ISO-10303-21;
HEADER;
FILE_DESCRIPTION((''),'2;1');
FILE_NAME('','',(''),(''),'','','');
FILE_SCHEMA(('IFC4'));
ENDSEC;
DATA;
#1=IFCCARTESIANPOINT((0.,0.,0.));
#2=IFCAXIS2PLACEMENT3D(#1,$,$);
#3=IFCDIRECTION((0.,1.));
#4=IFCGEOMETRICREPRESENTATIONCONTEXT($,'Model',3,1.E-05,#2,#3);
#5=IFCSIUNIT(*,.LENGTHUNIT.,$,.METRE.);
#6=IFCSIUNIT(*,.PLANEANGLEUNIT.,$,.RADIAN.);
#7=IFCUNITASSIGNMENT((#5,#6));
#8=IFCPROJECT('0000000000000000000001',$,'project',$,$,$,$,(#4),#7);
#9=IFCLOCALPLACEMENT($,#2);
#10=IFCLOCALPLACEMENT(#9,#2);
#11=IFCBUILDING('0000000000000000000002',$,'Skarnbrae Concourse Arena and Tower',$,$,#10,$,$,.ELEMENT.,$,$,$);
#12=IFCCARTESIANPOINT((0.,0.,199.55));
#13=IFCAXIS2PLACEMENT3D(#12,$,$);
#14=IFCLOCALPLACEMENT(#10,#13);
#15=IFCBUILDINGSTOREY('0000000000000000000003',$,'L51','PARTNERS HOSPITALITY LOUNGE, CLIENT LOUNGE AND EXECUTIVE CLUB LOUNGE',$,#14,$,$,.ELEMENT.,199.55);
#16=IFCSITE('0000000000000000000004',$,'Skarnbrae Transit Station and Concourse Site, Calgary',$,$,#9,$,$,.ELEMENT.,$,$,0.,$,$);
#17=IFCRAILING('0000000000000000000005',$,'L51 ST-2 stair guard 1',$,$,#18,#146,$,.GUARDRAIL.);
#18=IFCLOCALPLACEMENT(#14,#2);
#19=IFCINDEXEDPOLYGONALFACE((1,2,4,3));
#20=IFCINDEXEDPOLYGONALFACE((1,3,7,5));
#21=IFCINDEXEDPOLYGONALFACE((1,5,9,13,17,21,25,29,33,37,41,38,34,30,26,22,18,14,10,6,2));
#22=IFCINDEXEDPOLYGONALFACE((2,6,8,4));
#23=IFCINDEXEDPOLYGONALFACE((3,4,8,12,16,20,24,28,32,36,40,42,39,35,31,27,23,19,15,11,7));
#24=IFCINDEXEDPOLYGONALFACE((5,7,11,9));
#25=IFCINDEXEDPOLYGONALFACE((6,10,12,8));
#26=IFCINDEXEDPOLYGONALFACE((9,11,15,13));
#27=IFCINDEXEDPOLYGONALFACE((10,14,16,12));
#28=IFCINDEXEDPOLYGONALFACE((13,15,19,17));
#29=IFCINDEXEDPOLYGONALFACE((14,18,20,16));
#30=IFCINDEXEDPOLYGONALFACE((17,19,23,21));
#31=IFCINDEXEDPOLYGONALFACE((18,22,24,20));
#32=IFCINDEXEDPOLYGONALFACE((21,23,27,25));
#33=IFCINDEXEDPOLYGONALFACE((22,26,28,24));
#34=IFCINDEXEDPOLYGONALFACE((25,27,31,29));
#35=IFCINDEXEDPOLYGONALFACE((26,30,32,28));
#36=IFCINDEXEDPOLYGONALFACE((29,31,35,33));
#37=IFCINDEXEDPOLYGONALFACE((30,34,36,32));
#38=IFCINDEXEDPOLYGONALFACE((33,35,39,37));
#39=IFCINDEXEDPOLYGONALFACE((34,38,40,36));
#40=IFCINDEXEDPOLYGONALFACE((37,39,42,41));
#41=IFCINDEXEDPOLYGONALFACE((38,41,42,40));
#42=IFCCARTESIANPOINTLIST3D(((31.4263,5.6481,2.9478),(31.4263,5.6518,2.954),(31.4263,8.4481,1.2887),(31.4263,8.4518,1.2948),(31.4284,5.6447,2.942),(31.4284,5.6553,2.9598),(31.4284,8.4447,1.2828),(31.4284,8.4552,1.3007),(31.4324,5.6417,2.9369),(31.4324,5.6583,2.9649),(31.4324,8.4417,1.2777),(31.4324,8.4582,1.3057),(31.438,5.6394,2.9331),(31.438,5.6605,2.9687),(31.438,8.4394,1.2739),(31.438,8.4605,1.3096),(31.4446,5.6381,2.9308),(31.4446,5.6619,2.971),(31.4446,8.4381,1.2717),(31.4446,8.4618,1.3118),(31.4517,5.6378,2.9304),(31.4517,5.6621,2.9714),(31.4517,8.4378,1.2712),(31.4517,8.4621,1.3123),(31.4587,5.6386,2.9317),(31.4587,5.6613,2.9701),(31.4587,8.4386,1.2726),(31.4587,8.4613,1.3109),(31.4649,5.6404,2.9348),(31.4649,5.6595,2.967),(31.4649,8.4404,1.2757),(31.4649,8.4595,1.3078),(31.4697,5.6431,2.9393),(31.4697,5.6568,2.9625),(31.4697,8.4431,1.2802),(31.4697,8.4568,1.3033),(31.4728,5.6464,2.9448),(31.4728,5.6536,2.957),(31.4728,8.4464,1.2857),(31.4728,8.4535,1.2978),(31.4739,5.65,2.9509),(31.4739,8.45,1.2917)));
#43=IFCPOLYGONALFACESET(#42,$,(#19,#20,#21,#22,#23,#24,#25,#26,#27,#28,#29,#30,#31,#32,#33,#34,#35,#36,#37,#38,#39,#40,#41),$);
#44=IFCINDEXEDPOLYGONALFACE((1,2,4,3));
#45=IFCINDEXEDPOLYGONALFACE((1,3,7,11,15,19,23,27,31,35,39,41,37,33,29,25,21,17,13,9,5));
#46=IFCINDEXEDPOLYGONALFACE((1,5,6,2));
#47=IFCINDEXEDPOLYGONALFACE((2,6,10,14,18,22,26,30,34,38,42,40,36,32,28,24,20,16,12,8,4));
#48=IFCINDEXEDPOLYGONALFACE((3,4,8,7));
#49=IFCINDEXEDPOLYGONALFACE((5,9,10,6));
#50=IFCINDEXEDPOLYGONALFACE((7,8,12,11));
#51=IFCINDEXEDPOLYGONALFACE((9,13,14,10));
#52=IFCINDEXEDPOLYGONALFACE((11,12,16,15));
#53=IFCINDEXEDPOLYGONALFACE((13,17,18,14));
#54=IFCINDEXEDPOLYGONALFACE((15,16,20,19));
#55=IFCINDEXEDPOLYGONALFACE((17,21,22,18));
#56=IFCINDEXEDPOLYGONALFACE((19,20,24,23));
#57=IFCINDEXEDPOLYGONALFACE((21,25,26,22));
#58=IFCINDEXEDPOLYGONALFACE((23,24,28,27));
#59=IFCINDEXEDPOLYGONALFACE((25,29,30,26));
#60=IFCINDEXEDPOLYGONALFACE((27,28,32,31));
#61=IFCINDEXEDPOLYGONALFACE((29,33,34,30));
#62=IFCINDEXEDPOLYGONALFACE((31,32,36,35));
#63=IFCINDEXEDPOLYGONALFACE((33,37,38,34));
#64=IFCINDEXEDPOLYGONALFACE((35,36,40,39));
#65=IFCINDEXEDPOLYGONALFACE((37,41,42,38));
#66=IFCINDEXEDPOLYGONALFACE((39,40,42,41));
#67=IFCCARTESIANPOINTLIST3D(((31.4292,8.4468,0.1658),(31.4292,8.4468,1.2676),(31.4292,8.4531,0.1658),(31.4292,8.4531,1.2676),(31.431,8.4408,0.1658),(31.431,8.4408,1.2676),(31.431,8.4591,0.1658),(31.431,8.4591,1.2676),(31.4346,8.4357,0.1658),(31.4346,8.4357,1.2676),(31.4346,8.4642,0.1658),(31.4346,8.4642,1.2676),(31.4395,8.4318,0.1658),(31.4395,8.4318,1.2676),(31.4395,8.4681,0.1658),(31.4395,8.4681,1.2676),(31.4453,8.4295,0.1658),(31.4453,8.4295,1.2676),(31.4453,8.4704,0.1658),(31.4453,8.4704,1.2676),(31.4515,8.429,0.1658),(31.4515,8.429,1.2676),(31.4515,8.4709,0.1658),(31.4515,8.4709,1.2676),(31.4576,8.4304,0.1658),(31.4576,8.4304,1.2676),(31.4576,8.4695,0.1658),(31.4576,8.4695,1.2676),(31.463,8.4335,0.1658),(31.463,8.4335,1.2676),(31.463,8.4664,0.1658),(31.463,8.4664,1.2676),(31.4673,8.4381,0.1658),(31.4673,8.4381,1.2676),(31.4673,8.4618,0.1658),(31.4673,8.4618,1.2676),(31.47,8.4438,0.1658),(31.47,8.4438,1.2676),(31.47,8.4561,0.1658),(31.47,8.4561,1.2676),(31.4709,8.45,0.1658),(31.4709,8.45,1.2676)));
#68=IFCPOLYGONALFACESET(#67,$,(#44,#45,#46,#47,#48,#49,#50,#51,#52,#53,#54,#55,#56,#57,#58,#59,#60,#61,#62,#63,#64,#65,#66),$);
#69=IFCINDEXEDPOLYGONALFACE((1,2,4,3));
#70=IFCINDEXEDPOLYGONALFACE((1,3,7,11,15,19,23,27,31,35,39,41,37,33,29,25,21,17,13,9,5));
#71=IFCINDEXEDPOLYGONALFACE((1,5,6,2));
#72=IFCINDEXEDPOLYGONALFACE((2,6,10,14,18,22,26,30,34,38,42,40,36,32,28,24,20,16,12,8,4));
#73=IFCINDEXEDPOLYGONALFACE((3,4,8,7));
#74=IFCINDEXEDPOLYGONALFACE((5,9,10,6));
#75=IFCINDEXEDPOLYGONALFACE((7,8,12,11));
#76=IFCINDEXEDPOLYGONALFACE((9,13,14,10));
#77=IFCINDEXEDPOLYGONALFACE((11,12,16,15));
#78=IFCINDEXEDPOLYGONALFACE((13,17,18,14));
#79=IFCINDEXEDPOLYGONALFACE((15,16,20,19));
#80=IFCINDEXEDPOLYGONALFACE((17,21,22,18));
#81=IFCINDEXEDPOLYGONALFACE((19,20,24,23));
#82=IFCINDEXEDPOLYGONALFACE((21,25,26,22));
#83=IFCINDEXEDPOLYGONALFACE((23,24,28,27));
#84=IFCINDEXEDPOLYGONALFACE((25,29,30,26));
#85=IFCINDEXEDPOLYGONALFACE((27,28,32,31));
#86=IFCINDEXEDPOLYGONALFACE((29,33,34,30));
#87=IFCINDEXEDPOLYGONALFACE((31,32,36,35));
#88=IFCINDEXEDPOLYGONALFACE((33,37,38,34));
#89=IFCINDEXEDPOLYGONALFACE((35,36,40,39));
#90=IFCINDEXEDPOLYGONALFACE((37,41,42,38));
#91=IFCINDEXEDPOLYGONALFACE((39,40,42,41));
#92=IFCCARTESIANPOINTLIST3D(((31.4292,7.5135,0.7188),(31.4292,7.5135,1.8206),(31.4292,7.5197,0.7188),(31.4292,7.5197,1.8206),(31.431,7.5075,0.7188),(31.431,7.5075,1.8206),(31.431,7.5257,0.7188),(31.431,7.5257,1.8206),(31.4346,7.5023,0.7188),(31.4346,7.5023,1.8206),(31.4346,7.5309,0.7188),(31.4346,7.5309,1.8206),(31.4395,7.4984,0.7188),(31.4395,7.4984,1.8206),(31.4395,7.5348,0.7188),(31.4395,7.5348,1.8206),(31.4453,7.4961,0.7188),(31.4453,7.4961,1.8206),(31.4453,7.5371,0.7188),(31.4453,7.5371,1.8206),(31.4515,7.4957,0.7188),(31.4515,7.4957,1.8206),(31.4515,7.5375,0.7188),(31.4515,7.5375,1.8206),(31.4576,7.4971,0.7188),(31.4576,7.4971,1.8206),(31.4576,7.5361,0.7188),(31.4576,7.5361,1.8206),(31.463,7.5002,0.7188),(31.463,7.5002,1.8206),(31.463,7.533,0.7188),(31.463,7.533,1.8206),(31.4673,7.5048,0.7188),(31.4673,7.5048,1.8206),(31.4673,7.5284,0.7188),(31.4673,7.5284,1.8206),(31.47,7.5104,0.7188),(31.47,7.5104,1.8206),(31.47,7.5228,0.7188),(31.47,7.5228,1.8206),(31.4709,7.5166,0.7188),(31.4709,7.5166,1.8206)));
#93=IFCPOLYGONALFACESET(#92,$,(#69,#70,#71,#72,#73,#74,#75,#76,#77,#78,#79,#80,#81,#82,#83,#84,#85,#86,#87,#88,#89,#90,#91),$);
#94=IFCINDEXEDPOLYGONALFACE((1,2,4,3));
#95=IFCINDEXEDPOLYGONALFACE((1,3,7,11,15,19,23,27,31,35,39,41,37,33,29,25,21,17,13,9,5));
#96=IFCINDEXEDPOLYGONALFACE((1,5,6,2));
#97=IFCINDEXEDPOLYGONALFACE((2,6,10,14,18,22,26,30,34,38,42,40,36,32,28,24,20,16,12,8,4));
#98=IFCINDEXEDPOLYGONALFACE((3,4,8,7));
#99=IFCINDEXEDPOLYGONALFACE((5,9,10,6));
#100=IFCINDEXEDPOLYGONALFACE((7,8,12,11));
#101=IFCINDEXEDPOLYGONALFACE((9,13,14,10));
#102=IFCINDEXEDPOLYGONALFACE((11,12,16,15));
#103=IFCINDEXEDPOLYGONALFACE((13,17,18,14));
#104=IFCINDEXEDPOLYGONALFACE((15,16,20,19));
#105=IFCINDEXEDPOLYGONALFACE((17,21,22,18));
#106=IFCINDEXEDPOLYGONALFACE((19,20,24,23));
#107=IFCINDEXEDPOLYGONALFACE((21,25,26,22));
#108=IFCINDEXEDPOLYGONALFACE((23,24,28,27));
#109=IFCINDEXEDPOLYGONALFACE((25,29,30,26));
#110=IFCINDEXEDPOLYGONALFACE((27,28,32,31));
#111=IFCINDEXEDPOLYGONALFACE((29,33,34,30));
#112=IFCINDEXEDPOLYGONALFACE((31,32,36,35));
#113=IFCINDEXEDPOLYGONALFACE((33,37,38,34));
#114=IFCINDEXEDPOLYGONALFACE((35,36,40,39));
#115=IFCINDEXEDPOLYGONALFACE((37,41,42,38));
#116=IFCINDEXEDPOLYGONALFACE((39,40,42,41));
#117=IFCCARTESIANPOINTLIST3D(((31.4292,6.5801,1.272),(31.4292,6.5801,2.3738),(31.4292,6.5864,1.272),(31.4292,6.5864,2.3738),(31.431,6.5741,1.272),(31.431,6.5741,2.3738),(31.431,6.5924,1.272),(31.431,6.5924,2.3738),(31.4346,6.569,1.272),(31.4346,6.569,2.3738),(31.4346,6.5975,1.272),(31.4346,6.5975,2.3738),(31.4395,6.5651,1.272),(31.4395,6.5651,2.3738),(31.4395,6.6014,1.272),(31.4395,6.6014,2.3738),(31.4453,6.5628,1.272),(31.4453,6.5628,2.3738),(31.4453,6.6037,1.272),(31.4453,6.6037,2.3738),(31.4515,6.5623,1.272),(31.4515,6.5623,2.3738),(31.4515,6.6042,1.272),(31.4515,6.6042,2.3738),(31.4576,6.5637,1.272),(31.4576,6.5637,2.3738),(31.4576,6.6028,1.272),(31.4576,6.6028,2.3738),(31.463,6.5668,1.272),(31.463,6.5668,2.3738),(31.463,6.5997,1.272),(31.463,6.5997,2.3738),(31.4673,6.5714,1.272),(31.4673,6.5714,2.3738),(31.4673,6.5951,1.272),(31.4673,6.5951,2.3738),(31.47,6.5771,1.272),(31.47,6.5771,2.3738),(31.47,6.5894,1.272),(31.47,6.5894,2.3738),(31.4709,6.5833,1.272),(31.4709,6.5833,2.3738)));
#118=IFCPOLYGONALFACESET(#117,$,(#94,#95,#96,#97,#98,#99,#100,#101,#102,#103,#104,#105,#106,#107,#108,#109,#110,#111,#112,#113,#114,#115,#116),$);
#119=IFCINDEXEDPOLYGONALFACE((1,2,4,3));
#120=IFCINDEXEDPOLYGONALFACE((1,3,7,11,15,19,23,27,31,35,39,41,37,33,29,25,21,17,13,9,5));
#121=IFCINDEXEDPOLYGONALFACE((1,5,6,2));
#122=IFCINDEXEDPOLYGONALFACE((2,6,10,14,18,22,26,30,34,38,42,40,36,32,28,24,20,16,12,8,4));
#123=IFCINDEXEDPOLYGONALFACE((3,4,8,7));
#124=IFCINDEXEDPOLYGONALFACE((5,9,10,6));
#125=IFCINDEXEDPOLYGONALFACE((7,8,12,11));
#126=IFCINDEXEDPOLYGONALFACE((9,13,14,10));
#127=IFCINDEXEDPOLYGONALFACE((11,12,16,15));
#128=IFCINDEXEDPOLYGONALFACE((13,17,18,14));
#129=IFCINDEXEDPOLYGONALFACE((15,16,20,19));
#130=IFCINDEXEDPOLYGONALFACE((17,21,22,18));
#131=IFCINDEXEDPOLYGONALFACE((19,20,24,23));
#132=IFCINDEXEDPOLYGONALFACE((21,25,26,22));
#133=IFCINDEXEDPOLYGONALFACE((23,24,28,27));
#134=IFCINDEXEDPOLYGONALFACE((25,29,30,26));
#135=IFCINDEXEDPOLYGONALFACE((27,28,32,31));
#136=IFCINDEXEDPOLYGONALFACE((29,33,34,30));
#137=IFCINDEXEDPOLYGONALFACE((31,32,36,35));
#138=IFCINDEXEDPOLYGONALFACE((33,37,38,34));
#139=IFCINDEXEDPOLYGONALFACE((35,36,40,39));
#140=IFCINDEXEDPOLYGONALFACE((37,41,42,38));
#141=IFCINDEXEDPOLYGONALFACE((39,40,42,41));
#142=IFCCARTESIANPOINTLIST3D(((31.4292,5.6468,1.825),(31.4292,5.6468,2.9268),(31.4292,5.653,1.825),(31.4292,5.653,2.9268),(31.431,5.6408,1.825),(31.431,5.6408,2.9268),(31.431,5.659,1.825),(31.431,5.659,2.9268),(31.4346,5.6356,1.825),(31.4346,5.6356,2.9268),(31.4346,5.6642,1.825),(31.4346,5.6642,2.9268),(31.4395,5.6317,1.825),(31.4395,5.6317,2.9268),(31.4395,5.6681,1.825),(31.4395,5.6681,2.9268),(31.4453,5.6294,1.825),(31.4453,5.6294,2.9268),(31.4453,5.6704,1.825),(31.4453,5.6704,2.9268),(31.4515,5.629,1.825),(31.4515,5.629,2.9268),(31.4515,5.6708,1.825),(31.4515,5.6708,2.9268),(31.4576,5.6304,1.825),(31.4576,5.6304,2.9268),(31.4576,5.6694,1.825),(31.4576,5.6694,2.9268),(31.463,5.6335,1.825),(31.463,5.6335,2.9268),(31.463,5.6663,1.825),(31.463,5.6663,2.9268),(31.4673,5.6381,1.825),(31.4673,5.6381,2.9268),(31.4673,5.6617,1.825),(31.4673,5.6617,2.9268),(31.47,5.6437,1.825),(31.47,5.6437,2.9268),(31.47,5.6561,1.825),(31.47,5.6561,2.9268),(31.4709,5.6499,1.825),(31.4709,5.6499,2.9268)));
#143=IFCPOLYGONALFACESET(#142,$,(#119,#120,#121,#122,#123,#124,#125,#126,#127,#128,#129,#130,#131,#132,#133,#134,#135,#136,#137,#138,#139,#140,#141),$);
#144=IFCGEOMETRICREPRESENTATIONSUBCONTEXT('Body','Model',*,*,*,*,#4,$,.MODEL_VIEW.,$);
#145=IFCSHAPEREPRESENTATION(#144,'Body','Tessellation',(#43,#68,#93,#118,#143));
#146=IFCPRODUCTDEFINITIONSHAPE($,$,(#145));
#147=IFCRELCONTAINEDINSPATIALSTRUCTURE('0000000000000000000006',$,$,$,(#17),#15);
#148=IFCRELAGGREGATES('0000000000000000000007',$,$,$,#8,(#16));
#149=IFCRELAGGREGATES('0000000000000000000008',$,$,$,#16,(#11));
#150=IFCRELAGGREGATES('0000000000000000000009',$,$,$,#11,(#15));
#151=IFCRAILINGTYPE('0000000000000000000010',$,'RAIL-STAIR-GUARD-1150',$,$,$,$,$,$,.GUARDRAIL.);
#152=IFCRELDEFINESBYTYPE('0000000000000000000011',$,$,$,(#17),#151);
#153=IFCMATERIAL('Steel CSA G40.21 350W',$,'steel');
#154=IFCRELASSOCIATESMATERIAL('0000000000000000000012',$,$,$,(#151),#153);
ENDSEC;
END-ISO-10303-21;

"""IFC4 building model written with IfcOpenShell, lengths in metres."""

from ifc_helpers import new_model, si_unit, direction, frame, origin, origin_2d, place, context, subcontext, project, spatial, circle, extrude, material, type_object, element, save


model = new_model("IFC4")

# Units and contexts
model_context = context("Model", 3, precision=1e-05, world=origin(), true_north=direction((0.0, 1.0)))
body_context = subcontext(model_context, "Body", "Model", "MODEL_VIEW")
ifc_project = project(units=[si_unit("LENGTHUNIT", "METRE"), si_unit("PLANEANGLEUNIT", "RADIAN")], contexts=[model_context])

# Site, building, storey
site_placement = place(None, origin())
site = spatial("IfcSite", under=ifc_project, at=site_placement, Name="Skarnbrae Transit Station and Concourse Site, Calgary", CompositionType="ELEMENT", RefElevation=0.0)
building_placement = place(site_placement, origin())
building = spatial("IfcBuilding", under=site, at=building_placement, Name="Skarnbrae Concourse Arena and Tower", CompositionType="ELEMENT")
storey_placement = place(building_placement, frame((0.0, 0.0, 199.55)))
storey = spatial("IfcBuildingStorey", under=building, at=storey_placement, Name="L51", Description="PARTNERS HOSPITALITY LOUNGE, CLIENT LOUNGE AND EXECUTIVE CLUB LOUNGE", CompositionType="ELEMENT", Elevation=199.55)

# Shared definitions
ifc_material_1 = material(Name="Steel CSA G40.21 350W", Category="steel")

# Railing
railing_type = type_object("IfcRailingType", Name="RAIL-STAIR-GUARD-1150", PredefinedType="GUARDRAIL", material=ifc_material_1)
railing_1_placement = place(storey_placement, frame((31.45, 8.45, 0.1658)))
element("IfcRailing", 1, at=railing_1_placement, inside=storey, type_object=railing_type, Name="L51 ST-2 stair guard 1", PredefinedType="GUARDRAIL", context=body_context, shape_type="SweptSolid", body=[
    extrude(circle(Radius=0.0239, at=origin_2d()), frame((0.0, 0.0, 1.126), z_axis=(0.0, -0.860306, 0.509778), x_axis=(1.0, 0.0, 0.0)), (0.0, 0.0, 1.0), 3.2546),
    extrude(circle(Radius=0.021, at=origin_2d()), origin(), (0.0, 0.0, 1.0), 1.1018),
    extrude(circle(Radius=0.021, at=origin_2d()), frame((0.0, -0.9333, 0.553)), (0.0, 0.0, 1.0), 1.1018),
    extrude(circle(Radius=0.021, at=origin_2d()), frame((0.0, -1.8667, 1.1062)), (0.0, 0.0, 1.0), 1.1018),
    extrude(circle(Radius=0.021, at=origin_2d()), frame((0.0, -2.8, 1.6592)), (0.0, 0.0, 1.0), 1.1018),
])

save(model, "model.ifc")
